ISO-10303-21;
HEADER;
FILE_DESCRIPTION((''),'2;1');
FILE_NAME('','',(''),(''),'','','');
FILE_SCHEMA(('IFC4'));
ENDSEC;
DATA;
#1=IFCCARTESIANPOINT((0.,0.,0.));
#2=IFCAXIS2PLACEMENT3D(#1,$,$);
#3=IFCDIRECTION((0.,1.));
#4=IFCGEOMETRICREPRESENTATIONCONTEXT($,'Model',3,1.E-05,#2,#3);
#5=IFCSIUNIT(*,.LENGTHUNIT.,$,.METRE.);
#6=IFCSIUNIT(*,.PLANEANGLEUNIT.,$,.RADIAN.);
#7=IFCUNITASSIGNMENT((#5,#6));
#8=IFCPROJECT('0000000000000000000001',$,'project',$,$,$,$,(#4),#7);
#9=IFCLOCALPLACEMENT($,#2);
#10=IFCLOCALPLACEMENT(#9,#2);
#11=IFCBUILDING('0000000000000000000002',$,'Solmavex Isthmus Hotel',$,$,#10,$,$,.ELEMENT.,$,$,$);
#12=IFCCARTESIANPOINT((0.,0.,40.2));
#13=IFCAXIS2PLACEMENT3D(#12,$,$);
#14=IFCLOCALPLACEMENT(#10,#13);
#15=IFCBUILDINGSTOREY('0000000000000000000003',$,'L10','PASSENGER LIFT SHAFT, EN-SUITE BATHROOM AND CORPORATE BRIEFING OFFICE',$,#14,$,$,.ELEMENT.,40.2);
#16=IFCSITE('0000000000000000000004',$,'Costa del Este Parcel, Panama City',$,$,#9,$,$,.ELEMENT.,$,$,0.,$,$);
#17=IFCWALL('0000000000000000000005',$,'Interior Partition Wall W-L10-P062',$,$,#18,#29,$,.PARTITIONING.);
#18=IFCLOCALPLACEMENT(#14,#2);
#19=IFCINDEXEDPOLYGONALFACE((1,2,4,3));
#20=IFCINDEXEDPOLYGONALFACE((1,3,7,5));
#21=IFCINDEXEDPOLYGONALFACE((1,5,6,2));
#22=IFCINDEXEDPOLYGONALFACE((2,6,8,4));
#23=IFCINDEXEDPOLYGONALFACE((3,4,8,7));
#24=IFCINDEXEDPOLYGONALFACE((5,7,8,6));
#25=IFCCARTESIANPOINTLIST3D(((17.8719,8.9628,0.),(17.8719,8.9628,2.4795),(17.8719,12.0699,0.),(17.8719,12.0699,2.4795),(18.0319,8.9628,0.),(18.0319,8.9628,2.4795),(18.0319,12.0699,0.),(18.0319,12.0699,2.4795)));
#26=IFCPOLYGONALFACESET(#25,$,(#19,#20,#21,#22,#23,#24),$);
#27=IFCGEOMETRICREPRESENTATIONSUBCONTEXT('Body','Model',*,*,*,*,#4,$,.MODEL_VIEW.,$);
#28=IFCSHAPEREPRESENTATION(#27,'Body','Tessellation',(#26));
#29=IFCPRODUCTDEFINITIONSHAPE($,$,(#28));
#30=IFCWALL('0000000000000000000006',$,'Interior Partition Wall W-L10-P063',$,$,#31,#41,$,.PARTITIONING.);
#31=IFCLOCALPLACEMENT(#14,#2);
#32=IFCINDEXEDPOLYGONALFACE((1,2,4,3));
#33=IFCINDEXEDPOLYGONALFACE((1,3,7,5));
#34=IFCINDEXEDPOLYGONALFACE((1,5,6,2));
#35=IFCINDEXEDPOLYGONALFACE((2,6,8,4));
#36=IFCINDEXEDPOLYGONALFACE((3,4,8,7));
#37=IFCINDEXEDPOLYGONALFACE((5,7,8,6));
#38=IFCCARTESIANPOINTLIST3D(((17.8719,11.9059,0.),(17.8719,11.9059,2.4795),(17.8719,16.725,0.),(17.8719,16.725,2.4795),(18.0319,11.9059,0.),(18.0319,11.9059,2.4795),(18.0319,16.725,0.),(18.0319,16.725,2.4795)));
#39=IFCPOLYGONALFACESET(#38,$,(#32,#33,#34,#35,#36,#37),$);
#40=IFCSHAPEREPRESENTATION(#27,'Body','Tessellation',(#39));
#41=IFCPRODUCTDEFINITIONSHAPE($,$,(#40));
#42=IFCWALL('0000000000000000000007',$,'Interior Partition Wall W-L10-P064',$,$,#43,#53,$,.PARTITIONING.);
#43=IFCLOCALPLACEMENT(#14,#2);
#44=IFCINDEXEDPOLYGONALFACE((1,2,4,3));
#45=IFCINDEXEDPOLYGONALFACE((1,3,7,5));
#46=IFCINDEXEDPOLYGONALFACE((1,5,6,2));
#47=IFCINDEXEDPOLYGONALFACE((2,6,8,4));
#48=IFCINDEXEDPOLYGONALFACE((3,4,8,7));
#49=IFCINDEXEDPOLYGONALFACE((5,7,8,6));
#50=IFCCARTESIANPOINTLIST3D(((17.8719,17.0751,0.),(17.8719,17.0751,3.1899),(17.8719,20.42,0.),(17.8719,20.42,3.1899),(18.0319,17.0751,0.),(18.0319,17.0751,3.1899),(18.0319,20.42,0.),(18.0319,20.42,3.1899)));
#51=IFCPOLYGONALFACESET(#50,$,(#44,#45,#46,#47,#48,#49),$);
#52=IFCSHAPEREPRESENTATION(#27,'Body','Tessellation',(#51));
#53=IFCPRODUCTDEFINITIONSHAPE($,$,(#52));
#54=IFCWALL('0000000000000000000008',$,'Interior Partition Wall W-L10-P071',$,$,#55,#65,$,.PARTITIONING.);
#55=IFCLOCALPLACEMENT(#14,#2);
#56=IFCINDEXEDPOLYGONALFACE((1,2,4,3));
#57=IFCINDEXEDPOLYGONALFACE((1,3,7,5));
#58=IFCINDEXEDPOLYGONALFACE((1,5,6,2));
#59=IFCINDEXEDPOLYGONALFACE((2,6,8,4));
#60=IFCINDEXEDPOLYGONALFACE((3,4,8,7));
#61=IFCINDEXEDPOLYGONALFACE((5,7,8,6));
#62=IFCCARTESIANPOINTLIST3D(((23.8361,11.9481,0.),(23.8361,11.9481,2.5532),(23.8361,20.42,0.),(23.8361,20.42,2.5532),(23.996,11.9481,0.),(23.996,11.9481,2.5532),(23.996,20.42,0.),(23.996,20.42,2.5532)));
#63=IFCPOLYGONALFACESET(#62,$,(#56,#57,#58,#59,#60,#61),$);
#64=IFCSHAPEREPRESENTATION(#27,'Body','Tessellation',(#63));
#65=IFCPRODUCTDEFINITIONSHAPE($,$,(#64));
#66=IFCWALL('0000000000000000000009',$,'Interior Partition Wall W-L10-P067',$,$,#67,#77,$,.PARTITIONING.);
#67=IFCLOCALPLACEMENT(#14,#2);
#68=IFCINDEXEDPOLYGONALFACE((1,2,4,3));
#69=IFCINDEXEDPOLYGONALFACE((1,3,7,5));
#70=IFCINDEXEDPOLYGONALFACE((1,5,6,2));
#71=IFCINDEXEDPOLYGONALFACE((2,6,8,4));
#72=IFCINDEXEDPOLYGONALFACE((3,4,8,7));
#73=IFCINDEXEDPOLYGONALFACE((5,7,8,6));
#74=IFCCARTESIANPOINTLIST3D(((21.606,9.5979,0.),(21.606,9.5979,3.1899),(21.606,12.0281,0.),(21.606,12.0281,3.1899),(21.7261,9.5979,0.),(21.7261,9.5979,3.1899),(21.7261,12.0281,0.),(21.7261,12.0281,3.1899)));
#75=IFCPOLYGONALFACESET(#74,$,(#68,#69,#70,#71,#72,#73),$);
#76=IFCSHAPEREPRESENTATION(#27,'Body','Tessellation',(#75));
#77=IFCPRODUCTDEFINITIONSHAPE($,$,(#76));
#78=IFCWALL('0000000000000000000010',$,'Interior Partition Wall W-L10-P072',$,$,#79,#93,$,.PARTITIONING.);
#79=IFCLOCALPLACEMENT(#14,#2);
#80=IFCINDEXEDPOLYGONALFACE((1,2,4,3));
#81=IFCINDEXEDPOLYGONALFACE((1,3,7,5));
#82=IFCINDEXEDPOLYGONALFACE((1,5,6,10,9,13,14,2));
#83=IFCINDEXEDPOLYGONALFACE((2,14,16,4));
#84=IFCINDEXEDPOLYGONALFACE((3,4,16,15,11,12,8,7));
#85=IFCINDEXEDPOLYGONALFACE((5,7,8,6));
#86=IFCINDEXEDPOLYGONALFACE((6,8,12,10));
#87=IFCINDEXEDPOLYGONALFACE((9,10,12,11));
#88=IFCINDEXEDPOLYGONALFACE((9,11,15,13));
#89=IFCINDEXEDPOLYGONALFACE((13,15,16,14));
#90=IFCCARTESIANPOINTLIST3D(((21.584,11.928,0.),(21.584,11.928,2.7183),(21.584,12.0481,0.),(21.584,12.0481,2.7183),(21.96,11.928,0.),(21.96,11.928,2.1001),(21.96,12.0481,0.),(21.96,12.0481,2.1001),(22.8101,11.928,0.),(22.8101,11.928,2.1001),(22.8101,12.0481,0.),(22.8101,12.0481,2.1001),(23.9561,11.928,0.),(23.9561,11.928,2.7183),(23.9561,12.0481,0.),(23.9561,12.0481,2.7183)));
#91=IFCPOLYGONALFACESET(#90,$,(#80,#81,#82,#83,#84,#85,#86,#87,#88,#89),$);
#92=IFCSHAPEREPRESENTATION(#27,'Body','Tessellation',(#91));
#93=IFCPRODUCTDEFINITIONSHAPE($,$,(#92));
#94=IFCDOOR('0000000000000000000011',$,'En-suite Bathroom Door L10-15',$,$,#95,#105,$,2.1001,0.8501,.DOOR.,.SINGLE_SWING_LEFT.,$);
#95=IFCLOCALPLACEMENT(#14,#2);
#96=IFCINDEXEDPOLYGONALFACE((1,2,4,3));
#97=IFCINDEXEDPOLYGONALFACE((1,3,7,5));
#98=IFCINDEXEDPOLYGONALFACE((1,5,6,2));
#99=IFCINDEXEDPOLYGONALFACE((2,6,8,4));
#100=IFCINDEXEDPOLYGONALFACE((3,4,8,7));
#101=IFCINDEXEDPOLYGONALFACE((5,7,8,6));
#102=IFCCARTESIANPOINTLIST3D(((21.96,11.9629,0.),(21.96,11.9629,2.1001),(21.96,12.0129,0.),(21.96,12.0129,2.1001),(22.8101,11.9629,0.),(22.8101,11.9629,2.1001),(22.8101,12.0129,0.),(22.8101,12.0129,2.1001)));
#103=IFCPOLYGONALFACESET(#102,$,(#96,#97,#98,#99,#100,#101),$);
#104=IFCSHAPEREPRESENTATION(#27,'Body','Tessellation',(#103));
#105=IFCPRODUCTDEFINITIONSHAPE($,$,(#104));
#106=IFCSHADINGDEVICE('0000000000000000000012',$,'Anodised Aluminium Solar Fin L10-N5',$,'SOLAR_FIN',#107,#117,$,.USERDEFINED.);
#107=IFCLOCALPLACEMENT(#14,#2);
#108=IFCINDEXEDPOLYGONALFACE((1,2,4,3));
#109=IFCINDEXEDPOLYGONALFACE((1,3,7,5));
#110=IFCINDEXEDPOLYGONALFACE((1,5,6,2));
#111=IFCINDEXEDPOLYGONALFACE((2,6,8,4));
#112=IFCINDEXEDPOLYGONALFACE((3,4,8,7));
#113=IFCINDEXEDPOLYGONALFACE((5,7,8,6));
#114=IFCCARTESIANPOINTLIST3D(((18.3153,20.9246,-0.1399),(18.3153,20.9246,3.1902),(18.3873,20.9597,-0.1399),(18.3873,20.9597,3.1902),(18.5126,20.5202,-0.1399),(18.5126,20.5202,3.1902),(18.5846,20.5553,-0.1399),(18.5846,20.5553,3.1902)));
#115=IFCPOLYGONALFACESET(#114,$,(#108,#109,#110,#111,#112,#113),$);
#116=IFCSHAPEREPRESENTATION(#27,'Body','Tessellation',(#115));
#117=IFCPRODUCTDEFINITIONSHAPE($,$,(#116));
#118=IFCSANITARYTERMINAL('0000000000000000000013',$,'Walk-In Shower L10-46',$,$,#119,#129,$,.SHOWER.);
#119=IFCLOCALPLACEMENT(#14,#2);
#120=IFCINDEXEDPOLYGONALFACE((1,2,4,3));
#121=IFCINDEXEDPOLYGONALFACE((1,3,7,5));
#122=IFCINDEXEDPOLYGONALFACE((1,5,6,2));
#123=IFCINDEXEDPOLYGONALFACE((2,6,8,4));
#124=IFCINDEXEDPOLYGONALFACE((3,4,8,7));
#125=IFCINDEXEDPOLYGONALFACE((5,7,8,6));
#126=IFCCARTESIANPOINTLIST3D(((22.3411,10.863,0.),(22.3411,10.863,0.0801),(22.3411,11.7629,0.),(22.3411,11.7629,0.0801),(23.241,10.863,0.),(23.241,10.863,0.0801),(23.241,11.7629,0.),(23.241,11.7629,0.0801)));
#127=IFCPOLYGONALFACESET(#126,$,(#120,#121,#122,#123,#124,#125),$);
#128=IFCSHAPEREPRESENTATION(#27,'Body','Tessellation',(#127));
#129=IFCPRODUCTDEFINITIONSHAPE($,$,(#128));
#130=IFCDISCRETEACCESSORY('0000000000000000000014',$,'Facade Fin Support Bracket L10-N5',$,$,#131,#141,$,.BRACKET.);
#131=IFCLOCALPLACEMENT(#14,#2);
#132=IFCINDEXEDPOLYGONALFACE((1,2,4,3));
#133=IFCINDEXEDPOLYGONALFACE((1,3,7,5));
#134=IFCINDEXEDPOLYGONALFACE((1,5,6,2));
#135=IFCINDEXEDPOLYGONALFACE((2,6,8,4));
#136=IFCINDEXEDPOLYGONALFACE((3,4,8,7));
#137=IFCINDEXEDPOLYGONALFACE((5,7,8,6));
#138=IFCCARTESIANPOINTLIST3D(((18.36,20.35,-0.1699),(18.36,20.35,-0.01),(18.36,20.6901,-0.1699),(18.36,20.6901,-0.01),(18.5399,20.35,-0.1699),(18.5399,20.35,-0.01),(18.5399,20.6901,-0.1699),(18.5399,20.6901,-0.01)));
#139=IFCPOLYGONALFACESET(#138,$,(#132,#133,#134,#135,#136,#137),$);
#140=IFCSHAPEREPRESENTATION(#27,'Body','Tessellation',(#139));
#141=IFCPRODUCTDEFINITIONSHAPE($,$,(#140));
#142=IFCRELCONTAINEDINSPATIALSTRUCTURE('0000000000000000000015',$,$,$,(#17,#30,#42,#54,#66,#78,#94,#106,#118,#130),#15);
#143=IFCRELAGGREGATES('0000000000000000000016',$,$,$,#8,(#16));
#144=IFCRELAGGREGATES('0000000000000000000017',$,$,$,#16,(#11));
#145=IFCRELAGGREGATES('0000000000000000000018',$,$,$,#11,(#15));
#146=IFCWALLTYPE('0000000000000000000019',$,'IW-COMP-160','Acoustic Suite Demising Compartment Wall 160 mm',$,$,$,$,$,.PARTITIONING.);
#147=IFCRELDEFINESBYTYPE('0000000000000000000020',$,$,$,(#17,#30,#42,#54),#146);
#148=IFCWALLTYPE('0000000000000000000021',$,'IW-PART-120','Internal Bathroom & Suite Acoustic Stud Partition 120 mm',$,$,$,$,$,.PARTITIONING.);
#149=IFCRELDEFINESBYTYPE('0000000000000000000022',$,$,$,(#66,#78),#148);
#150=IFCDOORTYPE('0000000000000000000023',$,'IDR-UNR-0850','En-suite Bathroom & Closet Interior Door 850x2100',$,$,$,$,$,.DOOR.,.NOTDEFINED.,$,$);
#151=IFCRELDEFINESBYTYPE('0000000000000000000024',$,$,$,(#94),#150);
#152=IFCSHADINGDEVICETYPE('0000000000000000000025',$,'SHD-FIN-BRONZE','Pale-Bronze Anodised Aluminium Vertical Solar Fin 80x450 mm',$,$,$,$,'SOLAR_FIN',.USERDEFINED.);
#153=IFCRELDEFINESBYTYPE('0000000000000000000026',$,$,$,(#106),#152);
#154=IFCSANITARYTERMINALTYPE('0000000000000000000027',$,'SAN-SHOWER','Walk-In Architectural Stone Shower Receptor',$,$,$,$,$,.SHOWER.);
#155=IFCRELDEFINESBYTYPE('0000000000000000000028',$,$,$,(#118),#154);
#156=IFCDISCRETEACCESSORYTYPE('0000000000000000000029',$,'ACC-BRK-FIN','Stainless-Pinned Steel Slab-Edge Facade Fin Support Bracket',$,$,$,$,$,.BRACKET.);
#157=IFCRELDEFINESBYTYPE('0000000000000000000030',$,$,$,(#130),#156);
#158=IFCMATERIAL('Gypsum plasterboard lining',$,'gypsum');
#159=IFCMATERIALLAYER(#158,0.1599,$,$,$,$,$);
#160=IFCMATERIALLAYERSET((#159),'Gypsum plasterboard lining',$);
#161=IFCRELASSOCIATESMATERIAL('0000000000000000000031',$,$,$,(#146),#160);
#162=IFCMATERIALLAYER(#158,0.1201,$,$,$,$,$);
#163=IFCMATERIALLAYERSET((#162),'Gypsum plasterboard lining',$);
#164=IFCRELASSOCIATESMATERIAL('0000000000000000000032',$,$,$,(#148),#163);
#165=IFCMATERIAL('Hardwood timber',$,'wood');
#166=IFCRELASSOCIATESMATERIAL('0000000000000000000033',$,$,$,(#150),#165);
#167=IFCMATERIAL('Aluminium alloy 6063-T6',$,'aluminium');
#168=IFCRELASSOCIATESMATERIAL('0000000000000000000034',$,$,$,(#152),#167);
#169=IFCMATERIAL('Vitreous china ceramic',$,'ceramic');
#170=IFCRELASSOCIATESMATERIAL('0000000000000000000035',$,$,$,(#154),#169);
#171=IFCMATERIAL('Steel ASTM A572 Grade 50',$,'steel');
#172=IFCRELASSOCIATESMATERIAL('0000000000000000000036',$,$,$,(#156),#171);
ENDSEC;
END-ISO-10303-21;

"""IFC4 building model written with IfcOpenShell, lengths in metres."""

from ifc_helpers import new_model, si_unit, direction, frame, frame_2d, origin, origin_2d, place, context, subcontext, project, spatial, rectangle, extrude, material, layer, layer_set, type_object, element, fill, save


model = new_model("IFC4")

# Units and contexts
model_context = context("Model", 3, precision=1e-05, world=origin(), true_north=direction((0.0, 1.0)))
body_context = subcontext(model_context, "Body", "Model", "MODEL_VIEW")
ifc_project = project(units=[si_unit("LENGTHUNIT", "METRE"), si_unit("PLANEANGLEUNIT", "RADIAN")], contexts=[model_context])

# Site, building, storey
site_placement = place(None, origin())
site = spatial("IfcSite", under=ifc_project, at=site_placement, Name="Costa del Este Parcel, Panama City", CompositionType="ELEMENT", RefElevation=0.0)
building_placement = place(site_placement, origin())
building = spatial("IfcBuilding", under=site, at=building_placement, Name="Solmavex Isthmus Hotel", CompositionType="ELEMENT")
storey_placement = place(building_placement, frame((0.0, 0.0, 40.2)))
storey = spatial("IfcBuildingStorey", under=building, at=storey_placement, Name="L10", Description="PASSENGER LIFT SHAFT, EN-SUITE BATHROOM AND CORPORATE BRIEFING OFFICE", CompositionType="ELEMENT", Elevation=40.2)

# Shared definitions
ifc_material_1 = material(Name="Aluminium alloy 6063-T6", Category="aluminium")

# Walls
ifc_material_2 = material(Name="Gypsum plasterboard lining", Category="gypsum")
ifc_layer_1 = layer(ifc_material_2, 0.1599)
ifc_layer_set_1 = layer_set([ifc_layer_1], Name="Gypsum plasterboard lining")
wall_type_1 = type_object("IfcWallType", Name="IW-COMP-160", Description="Acoustic Suite Demising Compartment Wall 160 mm", PredefinedType="PARTITIONING", material=ifc_layer_set_1)
wall_1_placement = place(storey_placement, frame((17.9519, 12.0701, 0.0), z_axis=(0.0, 0.0, 1.0), x_axis=(0.0, -1.0, 0.0)))
element("IfcWall", 1, at=wall_1_placement, inside=storey, type_object=wall_type_1, Name="Interior Partition Wall W-L10-P062", PredefinedType="PARTITIONING", context=body_context, shape_type="SweptSolid", body=[
    extrude(rectangle(XDim=3.1072, YDim=0.1599, at=frame_2d((1.5537, 0.0))), origin(), (0.0, 0.0, 1.0), 2.4795),
])
wall_2_placement = place(storey_placement, frame((17.9519, 16.7251, 0.0), z_axis=(0.0, 0.0, 1.0), x_axis=(0.0, -1.0, 0.0)))
element("IfcWall", 2, at=wall_2_placement, inside=storey, type_object=wall_type_1, Name="Interior Partition Wall W-L10-P063", PredefinedType="PARTITIONING", context=body_context, shape_type="SweptSolid", body=[
    extrude(rectangle(XDim=4.8191, YDim=0.1599, at=frame_2d((2.4097, 0.0))), origin(), (0.0, 0.0, 1.0), 2.4795),
])
wall_3_placement = place(storey_placement, frame((17.9519, 20.4199, 0.0), z_axis=(0.0, 0.0, 1.0), x_axis=(0.0, -1.0, 0.0)))
element("IfcWall", 3, at=wall_3_placement, inside=storey, type_object=wall_type_1, Name="Interior Partition Wall W-L10-P064", PredefinedType="PARTITIONING", context=body_context, shape_type="SweptSolid", body=[
    extrude(rectangle(XDim=3.345, YDim=0.1599, at=frame_2d((1.6724, 0.0))), origin(), (0.0, 0.0, 1.0), 3.1899),
])

# Shared definitions
ifc_material_3 = material(Name="Hardwood timber", Category="wood")

# Walls
wall_4_placement = place(storey_placement, frame((23.916, 20.4199, 0.0), z_axis=(0.0, 0.0, 1.0), x_axis=(0.0, -1.0, 0.0)))
element("IfcWall", 4, at=wall_4_placement, inside=storey, type_object=wall_type_1, Name="Interior Partition Wall W-L10-P071", PredefinedType="PARTITIONING", context=body_context, shape_type="SweptSolid", body=[
    extrude(rectangle(XDim=8.4719, YDim=0.1599, at=frame_2d((4.2358, 0.0))), origin(), (0.0, 0.0, 1.0), 2.5532),
])
ifc_layer_2 = layer(ifc_material_2, 0.1201)
ifc_layer_set_2 = layer_set([ifc_layer_2], Name="Gypsum plasterboard lining")
wall_type_2 = type_object("IfcWallType", Name="IW-PART-120", Description="Internal Bathroom & Suite Acoustic Stud Partition 120 mm", PredefinedType="PARTITIONING", material=ifc_layer_set_2)
wall_5_placement = place(storey_placement, frame((21.666, 12.0281, 0.0), z_axis=(0.0, 0.0, 1.0), x_axis=(0.0, -1.0, 0.0)))
element("IfcWall", 5, at=wall_5_placement, inside=storey, type_object=wall_type_2, Name="Interior Partition Wall W-L10-P067", PredefinedType="PARTITIONING", context=body_context, shape_type="SweptSolid", body=[
    extrude(rectangle(XDim=2.4302, YDim=0.1201, at=frame_2d((1.2151, 0.0))), origin(), (0.0, 0.0, 1.0), 3.1899),
])

# Wall, opening, door
wall_6_placement = place(storey_placement, frame((23.9561, 11.988, 0.0), z_axis=(0.0, 0.0, 1.0), x_axis=(-1.0, 0.0, 0.0)))
wall_6 = element("IfcWall", 6, at=wall_6_placement, inside=storey, type_object=wall_type_2, Name="Interior Partition Wall W-L10-P072", PredefinedType="PARTITIONING", context=body_context, shape_type="SweptSolid", body=[
    extrude(rectangle(XDim=2.3721, YDim=0.1201, at=frame_2d((1.186, 0.0))), origin(), (0.0, 0.0, 1.0), 2.7183),
])
opening_1_placement = place(wall_6_placement, frame((1.146, 0.0, 0.0)))
opening_1 = element("IfcOpeningElement", 7, at=opening_1_placement, cuts=wall_6, PredefinedType="OPENING", context=body_context, shape_type="SweptSolid", body=[
    extrude(rectangle(XDim=0.8501, YDim=2.1001, at=frame_2d((0.425, 1.05))), frame((0.0, 0.0701, 0.0), z_axis=(0.0, -1.0, 0.0), x_axis=(1.0, 0.0, 0.0)), (0.0, 0.0, 1.0), 0.1401),
])
door_type_1 = type_object("IfcDoorType", Name="IDR-UNR-0850", Description="En-suite Bathroom & Closet Interior Door 850x2100", OperationType="NOTDEFINED", PredefinedType="DOOR", material=ifc_material_3)
door_1_placement = place(opening_1_placement, frame((0.8501, 0.0, 0.0), z_axis=(0.0, 0.0, 1.0), x_axis=(-1.0, 0.0, 0.0)))
door_1 = element("IfcDoor", 8, at=door_1_placement, inside=storey, type_object=door_type_1, Name="En-suite Bathroom Door L10-15", OperationType="SINGLE_SWING_LEFT", OverallHeight=2.1001, OverallWidth=0.8501, PredefinedType="DOOR", context=body_context, shape_type="SweptSolid", body=[
    extrude(rectangle(XDim=0.8501, YDim=2.1001, at=frame_2d((0.425, 1.05))), frame((0.0, 0.0249, 0.0), z_axis=(0.0, -1.0, 0.0), x_axis=(1.0, 0.0, 0.0)), (0.0, 0.0, 1.0), 0.05),
])
fill(opening_1, door_1)

# Shading device
shading_device_type = type_object("IfcShadingDeviceType", Name="SHD-FIN-BRONZE", Description="Pale-Bronze Anodised Aluminium Vertical Solar Fin 80x450 mm", ElementType="SOLAR_FIN", PredefinedType="USERDEFINED", material=ifc_material_1)
shading_device_placement = place(storey_placement, frame((18.45, 20.74, -0.1399), z_axis=(0.0, 0.0, 1.0), x_axis=(-0.438371, 0.898794, 0.0)))
element("IfcShadingDevice", 9, at=shading_device_placement, inside=storey, type_object=shading_device_type, Name="Anodised Aluminium Solar Fin L10-N5", ObjectType="SOLAR_FIN", PredefinedType="USERDEFINED", context=body_context, shape_type="SweptSolid", body=[
    extrude(rectangle(XDim=0.45, YDim=0.0801, at=origin_2d()), origin(), (0.0, 0.0, 1.0), 3.3301),
])

# Sanitary terminal
ifc_material_4 = material(Name="Vitreous china ceramic", Category="ceramic")
sanitary_terminal_type = type_object("IfcSanitaryTerminalType", Name="SAN-SHOWER", Description="Walk-In Architectural Stone Shower Receptor", PredefinedType="SHOWER", material=ifc_material_4)
sanitary_terminal_placement = place(storey_placement, frame((22.791, 11.313, 0.0), z_axis=(0.0, 0.0, 1.0), x_axis=(1.0, 0.0, 0.0)))
element("IfcSanitaryTerminal", 10, at=sanitary_terminal_placement, inside=storey, type_object=sanitary_terminal_type, Name="Walk-In Shower L10-46", PredefinedType="SHOWER", context=body_context, shape_type="SweptSolid", body=[
    extrude(rectangle(XDim=0.8999, YDim=0.8999, at=origin_2d()), origin(), (0.0, 0.0, 1.0), 0.0801),
])

# Discrete accessory
ifc_material_5 = material(Name="Steel ASTM A572 Grade 50", Category="steel")
discrete_accessory_type = type_object("IfcDiscreteAccessoryType", Name="ACC-BRK-FIN", Description="Stainless-Pinned Steel Slab-Edge Facade Fin Support Bracket", PredefinedType="BRACKET", material=ifc_material_5)
discrete_accessory_placement = place(storey_placement, frame((18.45, 20.52, -0.1699), z_axis=(0.0, 0.0, 1.0), x_axis=(0.0, 1.0, 0.0)))
element("IfcDiscreteAccessory", 11, at=discrete_accessory_placement, inside=storey, type_object=discrete_accessory_type, Name="Facade Fin Support Bracket L10-N5", PredefinedType="BRACKET", context=body_context, shape_type="SweptSolid", body=[
    extrude(rectangle(XDim=0.3401, YDim=0.1799, at=origin_2d()), origin(), (0.0, 0.0, 1.0), 0.1599),
])

save(model, "model.ifc")
